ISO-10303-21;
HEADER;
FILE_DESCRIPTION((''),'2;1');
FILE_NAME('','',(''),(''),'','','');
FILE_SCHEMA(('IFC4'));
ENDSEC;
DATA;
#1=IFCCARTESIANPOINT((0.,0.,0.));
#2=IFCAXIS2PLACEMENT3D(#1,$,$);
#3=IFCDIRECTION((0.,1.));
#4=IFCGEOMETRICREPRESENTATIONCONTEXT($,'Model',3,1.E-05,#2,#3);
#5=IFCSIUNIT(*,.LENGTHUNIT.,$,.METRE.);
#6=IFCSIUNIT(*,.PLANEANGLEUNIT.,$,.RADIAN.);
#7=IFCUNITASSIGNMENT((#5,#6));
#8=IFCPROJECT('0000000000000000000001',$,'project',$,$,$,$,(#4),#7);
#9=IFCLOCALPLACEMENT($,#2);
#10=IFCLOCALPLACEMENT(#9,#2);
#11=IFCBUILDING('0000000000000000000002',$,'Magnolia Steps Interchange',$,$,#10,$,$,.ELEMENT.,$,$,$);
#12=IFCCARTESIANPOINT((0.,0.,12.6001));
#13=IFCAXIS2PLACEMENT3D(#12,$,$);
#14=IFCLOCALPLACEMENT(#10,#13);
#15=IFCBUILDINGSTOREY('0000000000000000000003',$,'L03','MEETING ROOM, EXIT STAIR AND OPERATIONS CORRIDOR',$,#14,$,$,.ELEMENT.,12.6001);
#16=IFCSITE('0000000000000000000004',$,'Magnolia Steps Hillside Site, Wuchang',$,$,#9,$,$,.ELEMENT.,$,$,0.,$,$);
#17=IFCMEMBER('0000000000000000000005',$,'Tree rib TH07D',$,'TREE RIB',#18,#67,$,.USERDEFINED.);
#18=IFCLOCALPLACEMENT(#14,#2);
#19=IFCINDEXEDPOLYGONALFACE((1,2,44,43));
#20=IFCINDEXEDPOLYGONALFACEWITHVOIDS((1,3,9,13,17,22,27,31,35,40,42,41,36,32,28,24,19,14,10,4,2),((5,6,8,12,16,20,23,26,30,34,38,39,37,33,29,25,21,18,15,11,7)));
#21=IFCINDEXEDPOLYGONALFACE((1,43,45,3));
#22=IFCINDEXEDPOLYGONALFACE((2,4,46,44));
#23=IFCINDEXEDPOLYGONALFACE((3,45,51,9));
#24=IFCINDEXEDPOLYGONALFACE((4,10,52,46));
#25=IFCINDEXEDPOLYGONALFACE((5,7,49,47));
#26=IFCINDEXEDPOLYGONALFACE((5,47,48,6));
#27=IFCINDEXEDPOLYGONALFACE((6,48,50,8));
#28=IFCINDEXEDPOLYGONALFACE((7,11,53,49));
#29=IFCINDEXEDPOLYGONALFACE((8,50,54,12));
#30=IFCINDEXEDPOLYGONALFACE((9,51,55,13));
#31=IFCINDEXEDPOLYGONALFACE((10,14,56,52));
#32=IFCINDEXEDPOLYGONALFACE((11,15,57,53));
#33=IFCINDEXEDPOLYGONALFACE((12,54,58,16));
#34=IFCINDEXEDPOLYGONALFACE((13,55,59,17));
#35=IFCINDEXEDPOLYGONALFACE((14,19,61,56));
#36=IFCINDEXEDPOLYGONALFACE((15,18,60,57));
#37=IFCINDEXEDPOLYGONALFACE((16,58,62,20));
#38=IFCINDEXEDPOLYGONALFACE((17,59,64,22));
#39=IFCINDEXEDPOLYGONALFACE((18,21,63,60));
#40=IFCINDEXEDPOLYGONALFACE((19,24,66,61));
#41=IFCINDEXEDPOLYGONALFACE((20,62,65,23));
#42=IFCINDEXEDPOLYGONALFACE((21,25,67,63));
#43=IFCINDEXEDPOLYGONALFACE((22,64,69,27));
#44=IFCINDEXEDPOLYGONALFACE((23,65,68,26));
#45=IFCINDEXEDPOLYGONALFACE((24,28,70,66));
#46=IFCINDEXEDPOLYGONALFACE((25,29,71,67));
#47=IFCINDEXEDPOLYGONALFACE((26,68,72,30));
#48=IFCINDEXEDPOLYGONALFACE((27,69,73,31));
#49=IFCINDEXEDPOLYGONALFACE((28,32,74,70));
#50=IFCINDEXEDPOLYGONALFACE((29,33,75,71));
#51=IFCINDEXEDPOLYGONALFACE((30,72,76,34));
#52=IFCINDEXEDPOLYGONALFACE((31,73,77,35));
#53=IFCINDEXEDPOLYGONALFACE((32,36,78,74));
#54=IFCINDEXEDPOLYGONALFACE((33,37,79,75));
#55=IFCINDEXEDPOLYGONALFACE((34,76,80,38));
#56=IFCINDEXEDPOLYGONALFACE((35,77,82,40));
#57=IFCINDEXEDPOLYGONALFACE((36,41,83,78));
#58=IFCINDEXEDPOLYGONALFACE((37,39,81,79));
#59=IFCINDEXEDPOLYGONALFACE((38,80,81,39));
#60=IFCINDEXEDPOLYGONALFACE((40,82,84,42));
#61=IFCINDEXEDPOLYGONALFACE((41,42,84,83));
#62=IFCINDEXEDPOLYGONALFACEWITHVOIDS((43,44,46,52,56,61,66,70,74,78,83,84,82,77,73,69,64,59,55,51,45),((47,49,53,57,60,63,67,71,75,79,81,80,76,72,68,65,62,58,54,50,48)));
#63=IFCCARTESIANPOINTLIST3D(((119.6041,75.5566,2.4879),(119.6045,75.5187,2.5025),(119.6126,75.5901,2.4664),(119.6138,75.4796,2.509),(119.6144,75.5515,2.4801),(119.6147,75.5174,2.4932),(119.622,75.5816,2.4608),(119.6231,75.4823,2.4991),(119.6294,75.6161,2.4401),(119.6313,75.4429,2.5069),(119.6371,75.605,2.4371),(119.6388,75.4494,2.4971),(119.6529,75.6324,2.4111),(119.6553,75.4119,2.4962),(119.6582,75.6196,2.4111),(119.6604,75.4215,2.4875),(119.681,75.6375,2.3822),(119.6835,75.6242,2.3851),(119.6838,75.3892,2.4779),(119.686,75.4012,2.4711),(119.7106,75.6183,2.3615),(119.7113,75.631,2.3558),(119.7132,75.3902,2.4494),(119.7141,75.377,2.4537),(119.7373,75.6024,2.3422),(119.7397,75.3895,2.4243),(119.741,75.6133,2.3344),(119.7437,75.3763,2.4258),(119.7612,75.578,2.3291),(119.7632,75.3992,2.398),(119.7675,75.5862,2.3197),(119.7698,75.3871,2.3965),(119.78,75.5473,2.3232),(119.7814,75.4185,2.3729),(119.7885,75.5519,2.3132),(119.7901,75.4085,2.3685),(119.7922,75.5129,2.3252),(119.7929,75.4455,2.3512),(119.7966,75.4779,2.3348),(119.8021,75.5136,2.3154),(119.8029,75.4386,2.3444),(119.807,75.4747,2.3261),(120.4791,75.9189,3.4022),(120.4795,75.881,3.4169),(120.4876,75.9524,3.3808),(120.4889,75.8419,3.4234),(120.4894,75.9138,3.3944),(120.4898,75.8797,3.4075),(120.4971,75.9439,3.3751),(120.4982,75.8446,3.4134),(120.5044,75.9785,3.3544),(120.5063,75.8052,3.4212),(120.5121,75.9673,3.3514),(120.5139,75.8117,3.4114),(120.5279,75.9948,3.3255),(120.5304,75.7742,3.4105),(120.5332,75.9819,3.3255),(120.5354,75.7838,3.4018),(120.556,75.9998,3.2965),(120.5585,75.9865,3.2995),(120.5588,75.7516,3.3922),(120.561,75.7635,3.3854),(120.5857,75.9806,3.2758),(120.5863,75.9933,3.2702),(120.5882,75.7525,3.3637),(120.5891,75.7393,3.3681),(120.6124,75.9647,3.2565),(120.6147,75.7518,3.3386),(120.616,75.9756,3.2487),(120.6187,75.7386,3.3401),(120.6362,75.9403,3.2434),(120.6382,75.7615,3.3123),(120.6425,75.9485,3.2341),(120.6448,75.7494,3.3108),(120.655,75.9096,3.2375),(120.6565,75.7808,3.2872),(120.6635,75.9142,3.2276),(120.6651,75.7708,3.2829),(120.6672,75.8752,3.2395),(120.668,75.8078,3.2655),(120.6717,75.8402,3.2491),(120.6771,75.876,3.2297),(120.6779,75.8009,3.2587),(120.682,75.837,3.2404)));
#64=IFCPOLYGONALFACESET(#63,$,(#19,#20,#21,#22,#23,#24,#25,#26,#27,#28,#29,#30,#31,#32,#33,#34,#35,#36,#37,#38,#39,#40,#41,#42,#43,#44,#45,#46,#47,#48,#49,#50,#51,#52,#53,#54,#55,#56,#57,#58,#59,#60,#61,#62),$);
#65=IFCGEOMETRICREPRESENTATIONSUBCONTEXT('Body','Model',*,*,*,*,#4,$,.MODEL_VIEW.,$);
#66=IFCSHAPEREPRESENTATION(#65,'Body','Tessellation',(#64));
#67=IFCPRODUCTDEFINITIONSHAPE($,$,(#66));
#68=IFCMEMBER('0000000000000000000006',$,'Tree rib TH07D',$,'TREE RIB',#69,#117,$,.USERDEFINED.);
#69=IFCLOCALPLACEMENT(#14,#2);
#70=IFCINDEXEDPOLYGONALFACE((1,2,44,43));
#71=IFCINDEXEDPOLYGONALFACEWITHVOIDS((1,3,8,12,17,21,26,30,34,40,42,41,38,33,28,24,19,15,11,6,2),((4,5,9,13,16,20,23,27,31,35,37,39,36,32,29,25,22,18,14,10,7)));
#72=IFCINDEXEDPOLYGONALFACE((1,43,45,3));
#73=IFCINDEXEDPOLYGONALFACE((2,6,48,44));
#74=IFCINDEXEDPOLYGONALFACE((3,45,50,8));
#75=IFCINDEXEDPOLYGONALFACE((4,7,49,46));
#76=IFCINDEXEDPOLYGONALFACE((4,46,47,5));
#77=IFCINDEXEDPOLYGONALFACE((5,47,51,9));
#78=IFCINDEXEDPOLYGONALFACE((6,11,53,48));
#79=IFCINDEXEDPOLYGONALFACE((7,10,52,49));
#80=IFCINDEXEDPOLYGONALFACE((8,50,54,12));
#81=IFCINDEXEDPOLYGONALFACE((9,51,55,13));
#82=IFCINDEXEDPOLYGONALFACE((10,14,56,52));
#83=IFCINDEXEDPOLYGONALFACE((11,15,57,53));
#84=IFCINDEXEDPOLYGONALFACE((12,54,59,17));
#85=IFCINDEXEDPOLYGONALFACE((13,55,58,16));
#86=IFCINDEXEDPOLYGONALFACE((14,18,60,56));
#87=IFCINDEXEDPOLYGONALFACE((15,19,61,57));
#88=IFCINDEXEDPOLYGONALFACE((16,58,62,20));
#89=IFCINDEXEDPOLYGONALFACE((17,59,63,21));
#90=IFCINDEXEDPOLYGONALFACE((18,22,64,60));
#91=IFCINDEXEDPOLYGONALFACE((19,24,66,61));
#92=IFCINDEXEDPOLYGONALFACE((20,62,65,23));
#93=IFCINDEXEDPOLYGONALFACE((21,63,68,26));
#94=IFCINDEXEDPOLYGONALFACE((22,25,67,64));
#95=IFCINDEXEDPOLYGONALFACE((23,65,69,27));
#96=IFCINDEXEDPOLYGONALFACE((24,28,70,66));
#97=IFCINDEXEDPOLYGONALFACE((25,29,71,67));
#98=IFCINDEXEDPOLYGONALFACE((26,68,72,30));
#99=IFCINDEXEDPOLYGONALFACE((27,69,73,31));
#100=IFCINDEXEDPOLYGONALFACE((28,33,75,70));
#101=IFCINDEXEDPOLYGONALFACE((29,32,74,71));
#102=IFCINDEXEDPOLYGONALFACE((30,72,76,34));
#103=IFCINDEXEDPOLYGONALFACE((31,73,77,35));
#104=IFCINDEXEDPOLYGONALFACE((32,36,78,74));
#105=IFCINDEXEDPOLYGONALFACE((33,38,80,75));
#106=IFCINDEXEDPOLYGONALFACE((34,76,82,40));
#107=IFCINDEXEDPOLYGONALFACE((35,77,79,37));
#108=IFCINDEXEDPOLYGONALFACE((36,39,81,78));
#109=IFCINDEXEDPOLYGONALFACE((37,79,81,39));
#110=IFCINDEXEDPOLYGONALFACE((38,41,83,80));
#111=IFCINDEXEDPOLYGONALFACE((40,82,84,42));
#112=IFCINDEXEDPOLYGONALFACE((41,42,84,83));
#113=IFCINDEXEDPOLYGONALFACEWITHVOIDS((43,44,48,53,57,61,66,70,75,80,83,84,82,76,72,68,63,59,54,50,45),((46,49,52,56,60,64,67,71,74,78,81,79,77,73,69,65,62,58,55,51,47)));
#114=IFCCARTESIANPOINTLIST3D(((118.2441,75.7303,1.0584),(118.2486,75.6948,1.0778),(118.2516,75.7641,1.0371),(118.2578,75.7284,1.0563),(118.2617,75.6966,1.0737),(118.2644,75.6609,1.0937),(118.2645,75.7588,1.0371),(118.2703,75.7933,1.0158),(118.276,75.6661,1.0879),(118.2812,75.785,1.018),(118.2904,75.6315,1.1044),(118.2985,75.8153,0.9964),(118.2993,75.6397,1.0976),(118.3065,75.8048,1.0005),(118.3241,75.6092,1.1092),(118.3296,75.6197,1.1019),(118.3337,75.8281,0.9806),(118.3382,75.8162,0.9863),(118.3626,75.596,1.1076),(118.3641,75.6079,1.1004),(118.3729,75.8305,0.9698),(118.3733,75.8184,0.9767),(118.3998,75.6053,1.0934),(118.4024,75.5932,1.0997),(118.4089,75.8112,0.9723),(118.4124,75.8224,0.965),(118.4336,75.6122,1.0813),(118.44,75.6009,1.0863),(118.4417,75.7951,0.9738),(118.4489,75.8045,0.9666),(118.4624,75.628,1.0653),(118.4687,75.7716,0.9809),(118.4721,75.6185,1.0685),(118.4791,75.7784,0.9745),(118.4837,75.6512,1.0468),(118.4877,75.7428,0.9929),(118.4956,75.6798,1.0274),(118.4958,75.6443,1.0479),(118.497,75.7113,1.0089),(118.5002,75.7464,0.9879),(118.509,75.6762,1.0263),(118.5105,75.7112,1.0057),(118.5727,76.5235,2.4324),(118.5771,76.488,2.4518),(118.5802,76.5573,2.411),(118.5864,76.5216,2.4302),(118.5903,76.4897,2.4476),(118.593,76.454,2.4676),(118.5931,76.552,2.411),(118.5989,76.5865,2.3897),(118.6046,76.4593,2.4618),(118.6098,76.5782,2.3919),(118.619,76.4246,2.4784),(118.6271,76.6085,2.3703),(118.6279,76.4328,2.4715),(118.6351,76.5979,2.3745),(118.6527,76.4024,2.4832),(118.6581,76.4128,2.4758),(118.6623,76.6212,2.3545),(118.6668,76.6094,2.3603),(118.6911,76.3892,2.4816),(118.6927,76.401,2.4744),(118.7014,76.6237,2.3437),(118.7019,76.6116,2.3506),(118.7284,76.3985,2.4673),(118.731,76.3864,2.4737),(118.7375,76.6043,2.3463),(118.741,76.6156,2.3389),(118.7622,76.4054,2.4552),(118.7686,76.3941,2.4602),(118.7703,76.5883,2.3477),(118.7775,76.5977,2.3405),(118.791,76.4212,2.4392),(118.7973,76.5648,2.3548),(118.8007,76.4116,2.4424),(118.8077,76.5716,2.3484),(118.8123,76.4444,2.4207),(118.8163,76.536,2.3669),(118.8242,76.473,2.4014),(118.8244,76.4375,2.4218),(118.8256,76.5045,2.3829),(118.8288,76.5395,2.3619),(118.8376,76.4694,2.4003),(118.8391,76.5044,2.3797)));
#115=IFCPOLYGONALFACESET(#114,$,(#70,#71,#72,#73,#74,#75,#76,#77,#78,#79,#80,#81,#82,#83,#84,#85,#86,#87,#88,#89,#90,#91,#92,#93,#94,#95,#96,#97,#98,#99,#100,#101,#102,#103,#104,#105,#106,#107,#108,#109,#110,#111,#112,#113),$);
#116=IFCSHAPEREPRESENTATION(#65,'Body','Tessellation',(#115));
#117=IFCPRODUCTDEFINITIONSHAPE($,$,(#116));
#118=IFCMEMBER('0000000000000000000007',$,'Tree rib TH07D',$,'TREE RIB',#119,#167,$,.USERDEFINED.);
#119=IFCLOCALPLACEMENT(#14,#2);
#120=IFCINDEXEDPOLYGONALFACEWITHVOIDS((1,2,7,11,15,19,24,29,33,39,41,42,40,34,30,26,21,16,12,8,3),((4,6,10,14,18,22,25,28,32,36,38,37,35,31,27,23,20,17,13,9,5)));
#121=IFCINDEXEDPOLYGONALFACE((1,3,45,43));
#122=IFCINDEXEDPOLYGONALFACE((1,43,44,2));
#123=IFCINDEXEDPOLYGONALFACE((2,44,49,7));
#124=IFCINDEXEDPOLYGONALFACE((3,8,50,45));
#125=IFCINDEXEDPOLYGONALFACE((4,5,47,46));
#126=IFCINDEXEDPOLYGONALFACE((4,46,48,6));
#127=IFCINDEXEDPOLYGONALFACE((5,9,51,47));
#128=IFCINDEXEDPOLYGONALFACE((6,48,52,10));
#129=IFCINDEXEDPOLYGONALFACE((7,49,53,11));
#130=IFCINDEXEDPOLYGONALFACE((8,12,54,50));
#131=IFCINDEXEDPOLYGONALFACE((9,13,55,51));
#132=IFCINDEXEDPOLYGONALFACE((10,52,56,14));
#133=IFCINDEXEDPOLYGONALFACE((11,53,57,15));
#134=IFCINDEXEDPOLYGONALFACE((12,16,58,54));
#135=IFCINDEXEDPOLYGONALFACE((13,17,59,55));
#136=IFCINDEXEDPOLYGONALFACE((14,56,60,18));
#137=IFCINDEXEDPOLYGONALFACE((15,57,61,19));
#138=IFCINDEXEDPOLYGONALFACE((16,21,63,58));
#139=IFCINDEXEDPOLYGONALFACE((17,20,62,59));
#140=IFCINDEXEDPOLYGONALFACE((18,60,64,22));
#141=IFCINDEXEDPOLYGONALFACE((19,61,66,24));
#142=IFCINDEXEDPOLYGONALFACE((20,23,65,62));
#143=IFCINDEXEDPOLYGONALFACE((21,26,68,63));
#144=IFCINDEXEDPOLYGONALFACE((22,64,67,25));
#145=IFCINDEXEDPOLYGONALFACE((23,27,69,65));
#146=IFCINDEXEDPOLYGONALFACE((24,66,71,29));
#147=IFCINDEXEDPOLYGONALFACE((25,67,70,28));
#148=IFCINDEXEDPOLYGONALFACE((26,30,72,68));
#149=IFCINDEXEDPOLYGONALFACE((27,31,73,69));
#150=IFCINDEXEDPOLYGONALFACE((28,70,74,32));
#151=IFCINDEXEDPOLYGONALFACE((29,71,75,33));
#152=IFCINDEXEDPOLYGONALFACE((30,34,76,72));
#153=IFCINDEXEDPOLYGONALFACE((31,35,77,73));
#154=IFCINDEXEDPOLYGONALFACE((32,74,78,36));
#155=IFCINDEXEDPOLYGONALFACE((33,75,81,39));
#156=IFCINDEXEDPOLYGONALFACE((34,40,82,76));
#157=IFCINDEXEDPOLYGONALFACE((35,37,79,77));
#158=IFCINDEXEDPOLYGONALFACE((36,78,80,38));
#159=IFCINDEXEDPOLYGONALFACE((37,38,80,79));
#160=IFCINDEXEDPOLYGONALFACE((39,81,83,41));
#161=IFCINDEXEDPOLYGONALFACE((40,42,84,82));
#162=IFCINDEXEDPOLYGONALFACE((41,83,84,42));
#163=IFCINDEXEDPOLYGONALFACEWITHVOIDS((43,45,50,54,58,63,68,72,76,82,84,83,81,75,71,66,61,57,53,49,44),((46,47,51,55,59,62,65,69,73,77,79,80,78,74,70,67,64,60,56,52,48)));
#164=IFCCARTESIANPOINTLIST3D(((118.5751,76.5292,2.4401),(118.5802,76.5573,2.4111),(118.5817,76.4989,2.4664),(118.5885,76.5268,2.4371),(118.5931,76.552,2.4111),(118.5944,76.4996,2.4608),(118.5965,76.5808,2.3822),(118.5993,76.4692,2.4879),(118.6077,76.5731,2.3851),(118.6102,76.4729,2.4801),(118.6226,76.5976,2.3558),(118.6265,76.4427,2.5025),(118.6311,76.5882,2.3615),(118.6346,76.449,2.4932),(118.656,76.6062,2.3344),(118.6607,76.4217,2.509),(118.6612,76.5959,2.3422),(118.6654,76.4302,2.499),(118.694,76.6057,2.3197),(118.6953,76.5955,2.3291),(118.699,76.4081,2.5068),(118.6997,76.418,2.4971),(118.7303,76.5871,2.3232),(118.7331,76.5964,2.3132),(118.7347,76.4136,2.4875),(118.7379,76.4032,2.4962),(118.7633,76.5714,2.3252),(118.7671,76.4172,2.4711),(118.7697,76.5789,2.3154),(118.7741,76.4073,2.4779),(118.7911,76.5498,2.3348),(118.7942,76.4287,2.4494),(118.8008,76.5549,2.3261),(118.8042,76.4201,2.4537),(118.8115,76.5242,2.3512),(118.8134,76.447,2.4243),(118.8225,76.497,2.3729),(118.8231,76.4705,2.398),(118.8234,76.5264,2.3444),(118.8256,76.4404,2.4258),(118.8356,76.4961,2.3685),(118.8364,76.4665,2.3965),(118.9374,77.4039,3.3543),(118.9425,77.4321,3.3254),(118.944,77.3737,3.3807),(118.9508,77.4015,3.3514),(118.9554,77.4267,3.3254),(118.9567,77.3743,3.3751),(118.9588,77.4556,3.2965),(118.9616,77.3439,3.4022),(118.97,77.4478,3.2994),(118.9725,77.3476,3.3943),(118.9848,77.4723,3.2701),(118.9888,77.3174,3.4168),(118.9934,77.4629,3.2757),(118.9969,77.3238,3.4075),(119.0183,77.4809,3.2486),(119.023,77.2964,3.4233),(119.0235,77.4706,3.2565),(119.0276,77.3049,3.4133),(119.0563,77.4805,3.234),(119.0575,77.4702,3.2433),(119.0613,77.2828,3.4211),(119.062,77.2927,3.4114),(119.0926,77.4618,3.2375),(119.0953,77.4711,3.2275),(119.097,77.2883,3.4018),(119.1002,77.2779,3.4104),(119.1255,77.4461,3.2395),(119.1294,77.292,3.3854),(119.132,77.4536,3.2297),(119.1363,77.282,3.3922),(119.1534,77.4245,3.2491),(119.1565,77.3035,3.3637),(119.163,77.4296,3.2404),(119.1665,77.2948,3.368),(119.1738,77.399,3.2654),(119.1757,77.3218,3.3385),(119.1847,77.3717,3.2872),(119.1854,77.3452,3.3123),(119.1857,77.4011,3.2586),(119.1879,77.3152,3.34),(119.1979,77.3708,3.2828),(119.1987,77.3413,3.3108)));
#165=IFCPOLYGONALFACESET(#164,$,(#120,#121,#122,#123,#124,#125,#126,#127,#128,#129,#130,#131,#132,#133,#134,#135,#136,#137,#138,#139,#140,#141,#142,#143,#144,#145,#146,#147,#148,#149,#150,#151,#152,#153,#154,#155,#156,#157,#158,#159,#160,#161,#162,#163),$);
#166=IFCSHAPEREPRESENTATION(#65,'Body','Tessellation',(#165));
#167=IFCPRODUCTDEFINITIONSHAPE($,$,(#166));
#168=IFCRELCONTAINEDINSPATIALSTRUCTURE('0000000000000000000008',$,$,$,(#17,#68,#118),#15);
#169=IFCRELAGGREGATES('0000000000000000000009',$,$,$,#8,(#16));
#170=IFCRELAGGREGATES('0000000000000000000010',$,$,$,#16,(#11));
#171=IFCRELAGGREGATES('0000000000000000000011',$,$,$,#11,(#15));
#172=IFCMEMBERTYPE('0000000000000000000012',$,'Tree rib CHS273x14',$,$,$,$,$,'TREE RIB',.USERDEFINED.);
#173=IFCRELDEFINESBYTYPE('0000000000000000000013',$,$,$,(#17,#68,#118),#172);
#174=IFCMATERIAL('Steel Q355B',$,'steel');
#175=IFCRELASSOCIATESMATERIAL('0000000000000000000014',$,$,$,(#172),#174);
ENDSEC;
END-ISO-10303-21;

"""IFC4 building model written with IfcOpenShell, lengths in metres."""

from ifc_helpers import new_model, si_unit, direction, frame, origin, origin_2d, place, context, subcontext, project, spatial, hollow_circle, extrude, material, material_profile, profile_set, type_object, element, save


model = new_model("IFC4")

# Units and contexts
model_context = context("Model", 3, precision=1e-05, world=origin(), true_north=direction((0.0, 1.0)))
body_context = subcontext(model_context, "Body", "Model", "MODEL_VIEW")
ifc_project = project(units=[si_unit("LENGTHUNIT", "METRE"), si_unit("PLANEANGLEUNIT", "RADIAN")], contexts=[model_context])

# Site, building, storey
site_placement = place(None, origin())
site = spatial("IfcSite", under=ifc_project, at=site_placement, Name="Magnolia Steps Hillside Site, Wuchang", CompositionType="ELEMENT", RefElevation=0.0)
building_placement = place(site_placement, origin())
building = spatial("IfcBuilding", under=site, at=building_placement, Name="Magnolia Steps Interchange", CompositionType="ELEMENT")
storey_placement = place(building_placement, frame((0.0, 0.0, 12.6001)))
storey = spatial("IfcBuildingStorey", under=building, at=storey_placement, Name="L03", Description="MEETING ROOM, EXIT STAIR AND OPERATIONS CORRIDOR", CompositionType="ELEMENT", Elevation=12.6001)

# Members
ifc_material_1 = material(Name="Steel Q355B", Category="steel")
ifc_material_profile_1 = material_profile(ifc_material_1, hollow_circle(Radius=0.1365, WallThickness=0.0139, at=origin_2d()), Name="CHS273x14")
ifc_profile_set_1 = profile_set([ifc_material_profile_1], Name="Steel Q355B")
member_type = type_object("IfcMemberType", Name="Tree rib CHS273x14", ElementType="TREE RIB", PredefinedType="USERDEFINED", material=ifc_profile_set_1)
member_1_placement = place(storey_placement, frame((119.7051, 75.5063, 2.4111), z_axis=(0.664704, 0.275229, 0.694563), x_axis=(-0.382564, 0.923929, 0.0)))
element("IfcMember", 1, at=member_1_placement, inside=storey, type_object=member_type, Name="Tree rib TH07D", ObjectType="TREE RIB", PredefinedType="USERDEFINED", context=body_context, shape_type="SweptSolid", body=[
    extrude(hollow_circle(Radius=0.1365, WallThickness=0.0139, at=origin_2d()), origin(), (0.0, 0.0, 1.0), 1.3164),
])
member_2_placement = place(storey_placement, frame((118.3777, 75.7119, 1.0371), z_axis=(0.20282, 0.489571, 0.848047), x_axis=(-0.923857, 0.382737, 0.0)))
element("IfcMember", 2, at=member_2_placement, inside=storey, type_object=member_type, Name="Tree rib TH07D", ObjectType="TREE RIB", PredefinedType="USERDEFINED", context=body_context, shape_type="SweptSolid", body=[
    extrude(hollow_circle(Radius=0.1365, WallThickness=0.0139, at=origin_2d()), origin(), (0.0, 0.0, 1.0), 1.6201),
])
member_3_placement = place(storey_placement, frame((118.7063, 76.5051, 2.4111), z_axis=(0.275263, 0.6646, 0.694649), x_axis=(-0.923891, 0.382655, 0.0)))
element("IfcMember", 3, at=member_3_placement, inside=storey, type_object=member_type, Name="Tree rib TH07D", ObjectType="TREE RIB", PredefinedType="USERDEFINED", context=body_context, shape_type="SweptSolid", body=[
    extrude(hollow_circle(Radius=0.1365, WallThickness=0.0139, at=origin_2d()), origin(), (0.0, 0.0, 1.0), 1.3162),
])

save(model, "model.ifc")
